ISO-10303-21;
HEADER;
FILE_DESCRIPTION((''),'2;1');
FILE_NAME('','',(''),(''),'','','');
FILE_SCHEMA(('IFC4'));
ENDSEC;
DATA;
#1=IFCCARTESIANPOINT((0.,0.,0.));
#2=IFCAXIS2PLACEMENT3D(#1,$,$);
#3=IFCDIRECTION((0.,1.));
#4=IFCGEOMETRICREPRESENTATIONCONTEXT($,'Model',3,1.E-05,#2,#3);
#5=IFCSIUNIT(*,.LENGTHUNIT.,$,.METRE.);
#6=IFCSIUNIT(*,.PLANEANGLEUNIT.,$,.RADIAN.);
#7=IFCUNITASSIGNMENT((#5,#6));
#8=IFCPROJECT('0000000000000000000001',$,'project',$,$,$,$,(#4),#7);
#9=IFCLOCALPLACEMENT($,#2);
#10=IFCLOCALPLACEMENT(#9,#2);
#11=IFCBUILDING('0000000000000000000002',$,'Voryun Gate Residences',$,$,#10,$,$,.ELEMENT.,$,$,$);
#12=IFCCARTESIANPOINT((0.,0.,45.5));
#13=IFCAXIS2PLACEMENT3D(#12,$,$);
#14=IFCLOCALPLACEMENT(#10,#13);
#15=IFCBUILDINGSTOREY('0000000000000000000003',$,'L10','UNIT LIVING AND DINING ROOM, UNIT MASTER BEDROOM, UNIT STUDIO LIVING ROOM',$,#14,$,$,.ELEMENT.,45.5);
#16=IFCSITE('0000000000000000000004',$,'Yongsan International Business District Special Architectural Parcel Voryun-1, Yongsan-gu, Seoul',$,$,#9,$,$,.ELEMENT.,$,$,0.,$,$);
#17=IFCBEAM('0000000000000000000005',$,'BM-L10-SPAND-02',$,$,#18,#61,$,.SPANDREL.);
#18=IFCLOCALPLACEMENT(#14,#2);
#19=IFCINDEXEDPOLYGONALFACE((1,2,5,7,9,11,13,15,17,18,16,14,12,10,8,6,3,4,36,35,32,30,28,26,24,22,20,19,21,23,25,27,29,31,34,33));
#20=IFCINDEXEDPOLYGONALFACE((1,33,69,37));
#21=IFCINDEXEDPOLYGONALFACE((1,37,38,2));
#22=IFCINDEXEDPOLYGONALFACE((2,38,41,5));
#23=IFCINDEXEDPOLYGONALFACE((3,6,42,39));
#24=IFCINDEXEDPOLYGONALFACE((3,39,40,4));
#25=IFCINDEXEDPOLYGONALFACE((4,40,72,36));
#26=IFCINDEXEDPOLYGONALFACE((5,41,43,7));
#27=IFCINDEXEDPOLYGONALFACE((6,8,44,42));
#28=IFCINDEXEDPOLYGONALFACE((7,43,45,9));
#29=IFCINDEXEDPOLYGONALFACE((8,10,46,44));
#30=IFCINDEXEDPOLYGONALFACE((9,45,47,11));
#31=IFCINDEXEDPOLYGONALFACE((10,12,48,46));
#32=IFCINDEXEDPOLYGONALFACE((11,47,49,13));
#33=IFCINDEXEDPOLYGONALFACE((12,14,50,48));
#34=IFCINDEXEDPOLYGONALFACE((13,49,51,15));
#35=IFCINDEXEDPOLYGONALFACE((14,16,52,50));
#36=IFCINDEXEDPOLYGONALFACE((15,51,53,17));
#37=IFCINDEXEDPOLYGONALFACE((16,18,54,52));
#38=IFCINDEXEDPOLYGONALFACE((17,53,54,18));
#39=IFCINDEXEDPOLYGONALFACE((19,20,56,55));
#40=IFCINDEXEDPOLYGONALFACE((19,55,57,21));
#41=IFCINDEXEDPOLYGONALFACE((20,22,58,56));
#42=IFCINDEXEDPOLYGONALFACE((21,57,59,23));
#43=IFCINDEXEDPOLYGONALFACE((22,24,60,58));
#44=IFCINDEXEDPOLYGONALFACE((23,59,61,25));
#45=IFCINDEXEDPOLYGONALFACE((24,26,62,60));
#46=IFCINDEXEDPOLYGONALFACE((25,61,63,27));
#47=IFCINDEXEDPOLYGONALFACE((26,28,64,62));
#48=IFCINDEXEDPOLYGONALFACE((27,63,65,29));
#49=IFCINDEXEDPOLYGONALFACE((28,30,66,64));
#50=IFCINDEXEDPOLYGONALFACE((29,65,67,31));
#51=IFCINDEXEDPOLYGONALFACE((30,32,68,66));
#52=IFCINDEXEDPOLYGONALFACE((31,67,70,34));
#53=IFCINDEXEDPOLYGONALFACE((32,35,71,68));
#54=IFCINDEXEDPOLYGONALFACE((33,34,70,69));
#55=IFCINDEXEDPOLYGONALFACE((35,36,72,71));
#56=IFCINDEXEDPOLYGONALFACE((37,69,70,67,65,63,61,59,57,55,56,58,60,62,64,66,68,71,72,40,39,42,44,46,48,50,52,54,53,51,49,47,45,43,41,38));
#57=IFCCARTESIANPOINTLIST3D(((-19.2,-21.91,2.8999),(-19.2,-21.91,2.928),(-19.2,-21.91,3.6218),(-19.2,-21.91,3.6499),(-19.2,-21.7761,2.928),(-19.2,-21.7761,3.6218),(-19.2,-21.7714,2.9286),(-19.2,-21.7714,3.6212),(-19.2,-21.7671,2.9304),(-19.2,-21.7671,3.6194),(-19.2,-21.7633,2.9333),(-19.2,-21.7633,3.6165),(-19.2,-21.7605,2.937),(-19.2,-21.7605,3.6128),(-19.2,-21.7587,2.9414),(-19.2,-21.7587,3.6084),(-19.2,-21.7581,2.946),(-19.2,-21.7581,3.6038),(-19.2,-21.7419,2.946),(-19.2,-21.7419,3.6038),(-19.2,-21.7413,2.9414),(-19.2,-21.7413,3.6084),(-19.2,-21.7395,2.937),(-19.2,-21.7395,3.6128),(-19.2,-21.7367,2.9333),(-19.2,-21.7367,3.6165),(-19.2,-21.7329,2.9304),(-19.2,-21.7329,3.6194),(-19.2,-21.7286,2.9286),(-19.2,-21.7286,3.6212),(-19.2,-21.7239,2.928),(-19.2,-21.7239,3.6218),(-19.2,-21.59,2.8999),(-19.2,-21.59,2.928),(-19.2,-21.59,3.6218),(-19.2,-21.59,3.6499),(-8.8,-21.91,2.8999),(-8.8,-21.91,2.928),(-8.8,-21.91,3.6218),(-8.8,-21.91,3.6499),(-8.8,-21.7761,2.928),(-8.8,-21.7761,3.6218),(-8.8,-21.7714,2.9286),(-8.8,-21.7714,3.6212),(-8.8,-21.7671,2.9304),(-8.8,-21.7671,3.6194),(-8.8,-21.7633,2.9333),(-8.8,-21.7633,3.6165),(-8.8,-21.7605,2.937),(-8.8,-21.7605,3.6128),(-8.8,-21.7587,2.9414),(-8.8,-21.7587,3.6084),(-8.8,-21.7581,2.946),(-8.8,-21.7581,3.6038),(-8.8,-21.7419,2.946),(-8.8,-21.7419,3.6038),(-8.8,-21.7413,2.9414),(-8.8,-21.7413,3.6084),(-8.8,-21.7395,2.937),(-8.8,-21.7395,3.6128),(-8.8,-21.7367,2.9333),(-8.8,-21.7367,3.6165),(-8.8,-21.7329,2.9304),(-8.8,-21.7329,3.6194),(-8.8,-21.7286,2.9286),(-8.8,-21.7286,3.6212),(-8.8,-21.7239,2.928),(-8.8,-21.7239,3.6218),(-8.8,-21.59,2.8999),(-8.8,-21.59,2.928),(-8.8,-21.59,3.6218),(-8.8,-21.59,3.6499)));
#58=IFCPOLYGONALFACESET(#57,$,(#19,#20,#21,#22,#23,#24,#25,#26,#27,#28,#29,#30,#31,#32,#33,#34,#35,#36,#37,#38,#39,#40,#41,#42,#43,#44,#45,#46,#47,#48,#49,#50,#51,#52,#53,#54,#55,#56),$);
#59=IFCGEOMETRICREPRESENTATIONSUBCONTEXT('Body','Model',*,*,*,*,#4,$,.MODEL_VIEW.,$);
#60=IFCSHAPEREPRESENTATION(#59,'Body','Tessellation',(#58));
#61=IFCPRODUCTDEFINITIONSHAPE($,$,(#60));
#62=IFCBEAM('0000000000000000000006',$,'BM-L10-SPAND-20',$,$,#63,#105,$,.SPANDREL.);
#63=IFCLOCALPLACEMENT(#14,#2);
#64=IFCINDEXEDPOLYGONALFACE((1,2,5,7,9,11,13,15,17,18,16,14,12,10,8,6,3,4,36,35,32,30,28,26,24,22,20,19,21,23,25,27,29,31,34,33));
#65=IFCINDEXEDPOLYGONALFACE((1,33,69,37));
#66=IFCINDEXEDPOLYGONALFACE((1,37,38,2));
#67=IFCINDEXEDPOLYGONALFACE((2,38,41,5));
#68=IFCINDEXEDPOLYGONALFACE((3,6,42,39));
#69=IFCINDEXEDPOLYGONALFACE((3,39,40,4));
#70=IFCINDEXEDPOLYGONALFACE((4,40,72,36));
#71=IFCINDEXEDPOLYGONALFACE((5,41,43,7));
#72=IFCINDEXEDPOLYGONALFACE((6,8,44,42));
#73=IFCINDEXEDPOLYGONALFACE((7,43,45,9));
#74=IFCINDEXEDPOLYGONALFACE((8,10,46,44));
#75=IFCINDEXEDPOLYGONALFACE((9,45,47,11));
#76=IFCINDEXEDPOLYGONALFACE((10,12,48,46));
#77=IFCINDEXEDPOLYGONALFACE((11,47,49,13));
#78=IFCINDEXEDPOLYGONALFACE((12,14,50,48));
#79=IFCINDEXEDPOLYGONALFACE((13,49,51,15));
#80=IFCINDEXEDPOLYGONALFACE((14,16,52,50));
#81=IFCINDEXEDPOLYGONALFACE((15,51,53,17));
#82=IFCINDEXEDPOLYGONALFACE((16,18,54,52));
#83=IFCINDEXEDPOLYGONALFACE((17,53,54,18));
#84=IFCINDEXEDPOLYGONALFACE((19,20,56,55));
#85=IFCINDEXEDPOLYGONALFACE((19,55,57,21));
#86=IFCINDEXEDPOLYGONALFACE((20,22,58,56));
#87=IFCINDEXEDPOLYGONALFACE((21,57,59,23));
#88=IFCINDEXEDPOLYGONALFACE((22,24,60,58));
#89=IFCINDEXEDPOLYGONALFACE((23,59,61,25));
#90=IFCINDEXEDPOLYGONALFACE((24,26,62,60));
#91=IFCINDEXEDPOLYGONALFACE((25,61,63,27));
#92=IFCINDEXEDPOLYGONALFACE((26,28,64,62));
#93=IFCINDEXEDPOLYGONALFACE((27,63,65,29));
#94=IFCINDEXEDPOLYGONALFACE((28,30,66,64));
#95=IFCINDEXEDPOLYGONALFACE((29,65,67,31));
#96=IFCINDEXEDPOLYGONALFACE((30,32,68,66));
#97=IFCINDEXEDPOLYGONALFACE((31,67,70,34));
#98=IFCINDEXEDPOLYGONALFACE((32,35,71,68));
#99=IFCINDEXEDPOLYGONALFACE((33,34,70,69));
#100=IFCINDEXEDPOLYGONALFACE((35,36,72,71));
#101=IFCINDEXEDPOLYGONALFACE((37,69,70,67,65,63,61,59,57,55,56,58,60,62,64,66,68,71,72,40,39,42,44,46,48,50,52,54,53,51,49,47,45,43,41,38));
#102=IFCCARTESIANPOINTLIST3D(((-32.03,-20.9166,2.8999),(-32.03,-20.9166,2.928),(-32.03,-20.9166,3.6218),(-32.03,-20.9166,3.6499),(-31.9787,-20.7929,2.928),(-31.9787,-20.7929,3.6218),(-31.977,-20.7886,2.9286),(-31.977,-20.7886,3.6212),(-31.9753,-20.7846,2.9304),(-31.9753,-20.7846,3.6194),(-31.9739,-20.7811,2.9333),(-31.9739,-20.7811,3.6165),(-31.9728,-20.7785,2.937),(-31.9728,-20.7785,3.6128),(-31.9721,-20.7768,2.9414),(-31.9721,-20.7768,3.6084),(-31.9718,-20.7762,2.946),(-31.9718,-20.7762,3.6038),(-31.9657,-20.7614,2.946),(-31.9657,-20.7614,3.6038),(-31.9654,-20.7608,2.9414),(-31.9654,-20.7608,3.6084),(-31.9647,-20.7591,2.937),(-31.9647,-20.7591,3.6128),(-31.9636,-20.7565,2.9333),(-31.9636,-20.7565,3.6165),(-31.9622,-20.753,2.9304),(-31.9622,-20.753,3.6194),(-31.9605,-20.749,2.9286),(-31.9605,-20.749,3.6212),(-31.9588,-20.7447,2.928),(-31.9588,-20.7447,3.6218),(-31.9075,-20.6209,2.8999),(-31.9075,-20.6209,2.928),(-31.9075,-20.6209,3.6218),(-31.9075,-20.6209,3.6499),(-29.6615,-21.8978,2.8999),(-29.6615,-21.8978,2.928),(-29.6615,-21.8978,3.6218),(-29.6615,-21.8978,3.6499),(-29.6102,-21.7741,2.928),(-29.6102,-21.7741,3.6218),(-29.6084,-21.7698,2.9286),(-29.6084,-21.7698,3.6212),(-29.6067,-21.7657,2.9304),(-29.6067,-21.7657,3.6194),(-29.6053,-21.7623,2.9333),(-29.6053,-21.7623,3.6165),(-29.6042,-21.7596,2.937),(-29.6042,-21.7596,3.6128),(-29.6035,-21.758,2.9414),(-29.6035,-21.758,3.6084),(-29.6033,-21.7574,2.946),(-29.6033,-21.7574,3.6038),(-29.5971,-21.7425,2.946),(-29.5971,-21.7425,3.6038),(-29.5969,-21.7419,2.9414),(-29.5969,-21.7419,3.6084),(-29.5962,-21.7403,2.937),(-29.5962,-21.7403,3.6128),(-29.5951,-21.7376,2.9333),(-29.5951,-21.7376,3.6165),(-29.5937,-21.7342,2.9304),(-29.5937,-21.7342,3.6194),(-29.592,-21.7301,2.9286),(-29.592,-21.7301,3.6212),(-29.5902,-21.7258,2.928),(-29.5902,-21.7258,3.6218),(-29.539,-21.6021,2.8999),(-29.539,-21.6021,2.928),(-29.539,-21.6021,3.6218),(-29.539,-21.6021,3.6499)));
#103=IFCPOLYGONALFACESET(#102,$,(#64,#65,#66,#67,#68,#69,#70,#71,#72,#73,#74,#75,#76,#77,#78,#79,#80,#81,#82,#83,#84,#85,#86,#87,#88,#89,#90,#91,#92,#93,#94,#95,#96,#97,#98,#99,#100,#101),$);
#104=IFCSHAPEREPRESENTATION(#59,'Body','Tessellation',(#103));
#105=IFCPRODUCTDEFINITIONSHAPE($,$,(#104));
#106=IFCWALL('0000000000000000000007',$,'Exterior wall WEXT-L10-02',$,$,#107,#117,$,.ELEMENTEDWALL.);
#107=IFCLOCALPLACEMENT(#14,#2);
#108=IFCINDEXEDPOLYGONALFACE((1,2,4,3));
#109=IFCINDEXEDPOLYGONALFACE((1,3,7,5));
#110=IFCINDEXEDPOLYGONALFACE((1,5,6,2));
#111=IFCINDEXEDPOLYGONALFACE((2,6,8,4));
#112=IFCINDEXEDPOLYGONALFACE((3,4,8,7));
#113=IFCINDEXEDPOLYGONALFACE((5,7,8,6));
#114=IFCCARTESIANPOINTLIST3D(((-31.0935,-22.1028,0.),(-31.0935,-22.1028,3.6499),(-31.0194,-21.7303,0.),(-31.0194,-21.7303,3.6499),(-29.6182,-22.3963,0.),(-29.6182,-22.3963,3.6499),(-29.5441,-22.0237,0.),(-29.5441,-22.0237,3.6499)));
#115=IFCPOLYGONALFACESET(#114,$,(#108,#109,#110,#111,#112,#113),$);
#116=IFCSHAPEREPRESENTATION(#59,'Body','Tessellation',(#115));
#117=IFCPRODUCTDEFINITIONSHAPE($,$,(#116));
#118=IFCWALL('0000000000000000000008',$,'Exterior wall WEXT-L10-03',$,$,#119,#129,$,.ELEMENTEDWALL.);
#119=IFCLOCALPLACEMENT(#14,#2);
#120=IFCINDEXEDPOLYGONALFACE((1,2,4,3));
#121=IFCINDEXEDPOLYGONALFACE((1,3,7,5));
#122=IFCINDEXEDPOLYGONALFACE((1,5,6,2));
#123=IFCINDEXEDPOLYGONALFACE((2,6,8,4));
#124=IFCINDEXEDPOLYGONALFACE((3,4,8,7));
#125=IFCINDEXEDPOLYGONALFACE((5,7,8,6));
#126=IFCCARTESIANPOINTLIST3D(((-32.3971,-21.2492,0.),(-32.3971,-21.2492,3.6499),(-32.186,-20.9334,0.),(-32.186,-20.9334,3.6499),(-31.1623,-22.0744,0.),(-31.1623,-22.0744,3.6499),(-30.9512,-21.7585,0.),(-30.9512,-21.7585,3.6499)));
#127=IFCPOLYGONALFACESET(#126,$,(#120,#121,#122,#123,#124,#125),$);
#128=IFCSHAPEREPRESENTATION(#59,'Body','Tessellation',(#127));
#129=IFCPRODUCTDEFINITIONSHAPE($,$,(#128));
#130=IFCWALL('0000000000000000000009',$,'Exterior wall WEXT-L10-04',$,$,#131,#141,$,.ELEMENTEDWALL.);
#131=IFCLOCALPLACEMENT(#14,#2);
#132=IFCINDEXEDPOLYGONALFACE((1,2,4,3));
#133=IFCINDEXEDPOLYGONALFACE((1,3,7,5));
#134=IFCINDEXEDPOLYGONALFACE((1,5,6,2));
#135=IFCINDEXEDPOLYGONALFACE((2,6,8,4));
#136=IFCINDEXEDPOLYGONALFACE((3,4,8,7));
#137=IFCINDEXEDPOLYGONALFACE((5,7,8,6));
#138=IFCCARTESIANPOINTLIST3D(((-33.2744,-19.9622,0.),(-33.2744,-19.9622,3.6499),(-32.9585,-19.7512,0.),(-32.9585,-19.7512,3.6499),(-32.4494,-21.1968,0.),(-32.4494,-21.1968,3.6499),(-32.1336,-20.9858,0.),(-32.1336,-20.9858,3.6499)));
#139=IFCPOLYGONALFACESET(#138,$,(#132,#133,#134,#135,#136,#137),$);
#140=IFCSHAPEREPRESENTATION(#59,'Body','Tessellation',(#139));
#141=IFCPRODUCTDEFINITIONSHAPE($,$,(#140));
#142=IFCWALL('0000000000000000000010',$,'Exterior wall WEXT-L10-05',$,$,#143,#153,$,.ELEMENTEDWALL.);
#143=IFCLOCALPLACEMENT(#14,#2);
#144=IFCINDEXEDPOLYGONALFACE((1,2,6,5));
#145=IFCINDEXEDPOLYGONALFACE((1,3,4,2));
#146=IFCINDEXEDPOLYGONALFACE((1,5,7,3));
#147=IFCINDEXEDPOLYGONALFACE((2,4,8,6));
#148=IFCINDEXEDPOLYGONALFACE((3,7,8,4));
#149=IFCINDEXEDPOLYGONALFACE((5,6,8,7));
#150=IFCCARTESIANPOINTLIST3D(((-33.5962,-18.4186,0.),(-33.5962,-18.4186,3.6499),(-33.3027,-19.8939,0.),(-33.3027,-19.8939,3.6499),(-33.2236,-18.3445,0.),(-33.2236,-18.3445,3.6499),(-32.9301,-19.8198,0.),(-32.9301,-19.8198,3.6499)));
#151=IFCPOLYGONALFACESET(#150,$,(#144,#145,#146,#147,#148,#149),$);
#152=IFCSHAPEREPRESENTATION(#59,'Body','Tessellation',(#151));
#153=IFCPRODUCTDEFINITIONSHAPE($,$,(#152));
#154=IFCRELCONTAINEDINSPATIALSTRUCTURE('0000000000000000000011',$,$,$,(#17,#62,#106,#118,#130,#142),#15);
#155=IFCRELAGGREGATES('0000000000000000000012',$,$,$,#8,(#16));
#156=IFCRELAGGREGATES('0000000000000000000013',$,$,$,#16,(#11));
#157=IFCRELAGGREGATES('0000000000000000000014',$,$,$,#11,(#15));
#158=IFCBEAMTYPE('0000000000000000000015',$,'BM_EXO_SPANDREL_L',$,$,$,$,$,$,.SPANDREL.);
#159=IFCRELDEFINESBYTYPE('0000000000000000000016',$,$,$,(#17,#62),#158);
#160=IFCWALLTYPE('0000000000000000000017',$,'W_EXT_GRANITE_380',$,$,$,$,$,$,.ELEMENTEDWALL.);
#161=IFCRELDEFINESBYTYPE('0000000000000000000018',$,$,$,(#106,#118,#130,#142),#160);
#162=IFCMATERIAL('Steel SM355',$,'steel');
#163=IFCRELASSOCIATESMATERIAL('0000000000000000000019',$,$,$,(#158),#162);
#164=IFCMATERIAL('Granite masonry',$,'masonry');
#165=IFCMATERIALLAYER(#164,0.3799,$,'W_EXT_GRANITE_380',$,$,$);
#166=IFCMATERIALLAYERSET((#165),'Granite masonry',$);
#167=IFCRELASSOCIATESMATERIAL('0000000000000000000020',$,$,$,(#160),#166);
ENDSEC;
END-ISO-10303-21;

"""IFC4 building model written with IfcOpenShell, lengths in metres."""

from ifc_helpers import new_model, si_unit, direction, frame, frame_2d, origin, origin_2d, place, context, subcontext, project, spatial, rectangle, i_section, extrude, material, layer, layer_set, material_profile, profile_set, type_object, element, save


model = new_model("IFC4")

# Units and contexts
model_context = context("Model", 3, precision=1e-05, world=origin(), true_north=direction((0.0, 1.0)))
body_context = subcontext(model_context, "Body", "Model", "MODEL_VIEW")
ifc_project = project(units=[si_unit("LENGTHUNIT", "METRE"), si_unit("PLANEANGLEUNIT", "RADIAN")], contexts=[model_context])

# Site, building, storey
site_placement = place(None, origin())
site = spatial("IfcSite", under=ifc_project, at=site_placement, Name="Yongsan International Business District Special Architectural Parcel Voryun-1, Yongsan-gu, Seoul", CompositionType="ELEMENT", RefElevation=0.0)
building_placement = place(site_placement, origin())
building = spatial("IfcBuilding", under=site, at=building_placement, Name="Voryun Gate Residences", CompositionType="ELEMENT")
storey_placement = place(building_placement, frame((0.0, 0.0, 45.5)))
storey = spatial("IfcBuildingStorey", under=building, at=storey_placement, Name="L10", Description="UNIT LIVING AND DINING ROOM, UNIT MASTER BEDROOM, UNIT STUDIO LIVING ROOM", CompositionType="ELEMENT", Elevation=45.5)

# Beams
ifc_material_1 = material(Name="Steel SM355", Category="steel")
ifc_material_profile_1 = material_profile(ifc_material_1, i_section(OverallWidth=0.3201, OverallDepth=0.75, WebThickness=0.0161, FlangeThickness=0.0281, FilletRadius=0.0181, at=origin_2d()), Name="H-750x320x16x28")
ifc_profile_set_1 = profile_set([ifc_material_profile_1], Name="Steel SM355")
beam_type = type_object("IfcBeamType", Name="BM_EXO_SPANDREL_L", PredefinedType="SPANDREL", material=ifc_profile_set_1)
beam_1_placement = place(storey_placement, frame((-19.2, -21.75, 3.2749), z_axis=(1.0, 0.0, 0.0), x_axis=(0.0, 1.0, 0.0)))
element("IfcBeam", 1, at=beam_1_placement, inside=storey, type_object=beam_type, Name="BM-L10-SPAND-02", PredefinedType="SPANDREL", context=body_context, shape_type="SweptSolid", body=[
    extrude(i_section(OverallWidth=0.3201, OverallDepth=0.75, WebThickness=0.0161, FlangeThickness=0.0281, FilletRadius=0.0181, at=origin_2d()), origin(), (0.0, 0.0, 1.0), 10.3999),
])
beam_2_placement = place(storey_placement, frame((-31.9688, -20.7688, 3.2749), z_axis=(0.923869, -0.382708, 0.0), x_axis=(0.382708, 0.923869, 0.0)))
element("IfcBeam", 2, at=beam_2_placement, inside=storey, type_object=beam_type, Name="BM-L10-SPAND-20", PredefinedType="SPANDREL", context=body_context, shape_type="SweptSolid", body=[
    extrude(i_section(OverallWidth=0.3201, OverallDepth=0.75, WebThickness=0.0161, FlangeThickness=0.0281, FilletRadius=0.0181, at=origin_2d()), origin(), (0.0, 0.0, 1.0), 2.5637),
])

# Walls
ifc_material_2 = material(Name="Granite masonry", Category="masonry")
ifc_layer_1 = layer(ifc_material_2, 0.3799, Name="W_EXT_GRANITE_380")
ifc_layer_set_1 = layer_set([ifc_layer_1], Name="Granite masonry")
wall_type_1 = type_object("IfcWallType", Name="W_EXT_GRANITE_380", PredefinedType="ELEMENTEDWALL", material=ifc_layer_set_1)
wall_1_placement = place(storey_placement, frame((-29.5813, -22.21, 0.0), z_axis=(0.0, 0.0, 1.0), x_axis=(-0.980786, 0.195086, 0.0)))
element("IfcWall", 3, at=wall_1_placement, inside=storey, type_object=wall_type_1, Name="Exterior wall WEXT-L10-02", PredefinedType="ELEMENTEDWALL", context=body_context, shape_type="SweptSolid", body=[
    extrude(rectangle(XDim=1.5042, YDim=0.3799, at=frame_2d((0.752, 0.0))), origin(), (0.0, 0.0, 1.0), 3.6499),
])
wall_2_placement = place(storey_placement, frame((-31.0566, -21.9165, 0.0), z_axis=(0.0, 0.0, 1.0), x_axis=(-0.831443, 0.55561, 0.0)))
element("IfcWall", 4, at=wall_2_placement, inside=storey, type_object=wall_type_1, Name="Exterior wall WEXT-L10-03", PredefinedType="ELEMENTEDWALL", context=body_context, shape_type="SweptSolid", body=[
    extrude(rectangle(XDim=1.4851, YDim=0.3799, at=frame_2d((0.7427, 0.0))), origin(), (0.0, 0.0, 1.0), 3.6499),
])
wall_3_placement = place(storey_placement, frame((-32.2915, -21.0913, 0.0), z_axis=(0.0, 0.0, 1.0), x_axis=(-0.555573, 0.831468, 0.0)))
element("IfcWall", 5, at=wall_3_placement, inside=storey, type_object=wall_type_1, Name="Exterior wall WEXT-L10-04", PredefinedType="ELEMENTEDWALL", context=body_context, shape_type="SweptSolid", body=[
    extrude(rectangle(XDim=1.4849, YDim=0.3799, at=frame_2d((0.7424, 0.0))), origin(), (0.0, 0.0, 1.0), 3.6499),
])
wall_4_placement = place(storey_placement, frame((-33.1165, -19.8567, 0.0), z_axis=(0.0, 0.0, 1.0), x_axis=(-0.195086, 0.980786, 0.0)))
element("IfcWall", 6, at=wall_4_placement, inside=storey, type_object=wall_type_1, Name="Exterior wall WEXT-L10-05", PredefinedType="ELEMENTEDWALL", context=body_context, shape_type="SweptSolid", body=[
    extrude(rectangle(XDim=1.5042, YDim=0.3799, at=frame_2d((0.752, 0.0))), origin(), (0.0, 0.0, 1.0), 3.6499),
])

save(model, "model.ifc")
